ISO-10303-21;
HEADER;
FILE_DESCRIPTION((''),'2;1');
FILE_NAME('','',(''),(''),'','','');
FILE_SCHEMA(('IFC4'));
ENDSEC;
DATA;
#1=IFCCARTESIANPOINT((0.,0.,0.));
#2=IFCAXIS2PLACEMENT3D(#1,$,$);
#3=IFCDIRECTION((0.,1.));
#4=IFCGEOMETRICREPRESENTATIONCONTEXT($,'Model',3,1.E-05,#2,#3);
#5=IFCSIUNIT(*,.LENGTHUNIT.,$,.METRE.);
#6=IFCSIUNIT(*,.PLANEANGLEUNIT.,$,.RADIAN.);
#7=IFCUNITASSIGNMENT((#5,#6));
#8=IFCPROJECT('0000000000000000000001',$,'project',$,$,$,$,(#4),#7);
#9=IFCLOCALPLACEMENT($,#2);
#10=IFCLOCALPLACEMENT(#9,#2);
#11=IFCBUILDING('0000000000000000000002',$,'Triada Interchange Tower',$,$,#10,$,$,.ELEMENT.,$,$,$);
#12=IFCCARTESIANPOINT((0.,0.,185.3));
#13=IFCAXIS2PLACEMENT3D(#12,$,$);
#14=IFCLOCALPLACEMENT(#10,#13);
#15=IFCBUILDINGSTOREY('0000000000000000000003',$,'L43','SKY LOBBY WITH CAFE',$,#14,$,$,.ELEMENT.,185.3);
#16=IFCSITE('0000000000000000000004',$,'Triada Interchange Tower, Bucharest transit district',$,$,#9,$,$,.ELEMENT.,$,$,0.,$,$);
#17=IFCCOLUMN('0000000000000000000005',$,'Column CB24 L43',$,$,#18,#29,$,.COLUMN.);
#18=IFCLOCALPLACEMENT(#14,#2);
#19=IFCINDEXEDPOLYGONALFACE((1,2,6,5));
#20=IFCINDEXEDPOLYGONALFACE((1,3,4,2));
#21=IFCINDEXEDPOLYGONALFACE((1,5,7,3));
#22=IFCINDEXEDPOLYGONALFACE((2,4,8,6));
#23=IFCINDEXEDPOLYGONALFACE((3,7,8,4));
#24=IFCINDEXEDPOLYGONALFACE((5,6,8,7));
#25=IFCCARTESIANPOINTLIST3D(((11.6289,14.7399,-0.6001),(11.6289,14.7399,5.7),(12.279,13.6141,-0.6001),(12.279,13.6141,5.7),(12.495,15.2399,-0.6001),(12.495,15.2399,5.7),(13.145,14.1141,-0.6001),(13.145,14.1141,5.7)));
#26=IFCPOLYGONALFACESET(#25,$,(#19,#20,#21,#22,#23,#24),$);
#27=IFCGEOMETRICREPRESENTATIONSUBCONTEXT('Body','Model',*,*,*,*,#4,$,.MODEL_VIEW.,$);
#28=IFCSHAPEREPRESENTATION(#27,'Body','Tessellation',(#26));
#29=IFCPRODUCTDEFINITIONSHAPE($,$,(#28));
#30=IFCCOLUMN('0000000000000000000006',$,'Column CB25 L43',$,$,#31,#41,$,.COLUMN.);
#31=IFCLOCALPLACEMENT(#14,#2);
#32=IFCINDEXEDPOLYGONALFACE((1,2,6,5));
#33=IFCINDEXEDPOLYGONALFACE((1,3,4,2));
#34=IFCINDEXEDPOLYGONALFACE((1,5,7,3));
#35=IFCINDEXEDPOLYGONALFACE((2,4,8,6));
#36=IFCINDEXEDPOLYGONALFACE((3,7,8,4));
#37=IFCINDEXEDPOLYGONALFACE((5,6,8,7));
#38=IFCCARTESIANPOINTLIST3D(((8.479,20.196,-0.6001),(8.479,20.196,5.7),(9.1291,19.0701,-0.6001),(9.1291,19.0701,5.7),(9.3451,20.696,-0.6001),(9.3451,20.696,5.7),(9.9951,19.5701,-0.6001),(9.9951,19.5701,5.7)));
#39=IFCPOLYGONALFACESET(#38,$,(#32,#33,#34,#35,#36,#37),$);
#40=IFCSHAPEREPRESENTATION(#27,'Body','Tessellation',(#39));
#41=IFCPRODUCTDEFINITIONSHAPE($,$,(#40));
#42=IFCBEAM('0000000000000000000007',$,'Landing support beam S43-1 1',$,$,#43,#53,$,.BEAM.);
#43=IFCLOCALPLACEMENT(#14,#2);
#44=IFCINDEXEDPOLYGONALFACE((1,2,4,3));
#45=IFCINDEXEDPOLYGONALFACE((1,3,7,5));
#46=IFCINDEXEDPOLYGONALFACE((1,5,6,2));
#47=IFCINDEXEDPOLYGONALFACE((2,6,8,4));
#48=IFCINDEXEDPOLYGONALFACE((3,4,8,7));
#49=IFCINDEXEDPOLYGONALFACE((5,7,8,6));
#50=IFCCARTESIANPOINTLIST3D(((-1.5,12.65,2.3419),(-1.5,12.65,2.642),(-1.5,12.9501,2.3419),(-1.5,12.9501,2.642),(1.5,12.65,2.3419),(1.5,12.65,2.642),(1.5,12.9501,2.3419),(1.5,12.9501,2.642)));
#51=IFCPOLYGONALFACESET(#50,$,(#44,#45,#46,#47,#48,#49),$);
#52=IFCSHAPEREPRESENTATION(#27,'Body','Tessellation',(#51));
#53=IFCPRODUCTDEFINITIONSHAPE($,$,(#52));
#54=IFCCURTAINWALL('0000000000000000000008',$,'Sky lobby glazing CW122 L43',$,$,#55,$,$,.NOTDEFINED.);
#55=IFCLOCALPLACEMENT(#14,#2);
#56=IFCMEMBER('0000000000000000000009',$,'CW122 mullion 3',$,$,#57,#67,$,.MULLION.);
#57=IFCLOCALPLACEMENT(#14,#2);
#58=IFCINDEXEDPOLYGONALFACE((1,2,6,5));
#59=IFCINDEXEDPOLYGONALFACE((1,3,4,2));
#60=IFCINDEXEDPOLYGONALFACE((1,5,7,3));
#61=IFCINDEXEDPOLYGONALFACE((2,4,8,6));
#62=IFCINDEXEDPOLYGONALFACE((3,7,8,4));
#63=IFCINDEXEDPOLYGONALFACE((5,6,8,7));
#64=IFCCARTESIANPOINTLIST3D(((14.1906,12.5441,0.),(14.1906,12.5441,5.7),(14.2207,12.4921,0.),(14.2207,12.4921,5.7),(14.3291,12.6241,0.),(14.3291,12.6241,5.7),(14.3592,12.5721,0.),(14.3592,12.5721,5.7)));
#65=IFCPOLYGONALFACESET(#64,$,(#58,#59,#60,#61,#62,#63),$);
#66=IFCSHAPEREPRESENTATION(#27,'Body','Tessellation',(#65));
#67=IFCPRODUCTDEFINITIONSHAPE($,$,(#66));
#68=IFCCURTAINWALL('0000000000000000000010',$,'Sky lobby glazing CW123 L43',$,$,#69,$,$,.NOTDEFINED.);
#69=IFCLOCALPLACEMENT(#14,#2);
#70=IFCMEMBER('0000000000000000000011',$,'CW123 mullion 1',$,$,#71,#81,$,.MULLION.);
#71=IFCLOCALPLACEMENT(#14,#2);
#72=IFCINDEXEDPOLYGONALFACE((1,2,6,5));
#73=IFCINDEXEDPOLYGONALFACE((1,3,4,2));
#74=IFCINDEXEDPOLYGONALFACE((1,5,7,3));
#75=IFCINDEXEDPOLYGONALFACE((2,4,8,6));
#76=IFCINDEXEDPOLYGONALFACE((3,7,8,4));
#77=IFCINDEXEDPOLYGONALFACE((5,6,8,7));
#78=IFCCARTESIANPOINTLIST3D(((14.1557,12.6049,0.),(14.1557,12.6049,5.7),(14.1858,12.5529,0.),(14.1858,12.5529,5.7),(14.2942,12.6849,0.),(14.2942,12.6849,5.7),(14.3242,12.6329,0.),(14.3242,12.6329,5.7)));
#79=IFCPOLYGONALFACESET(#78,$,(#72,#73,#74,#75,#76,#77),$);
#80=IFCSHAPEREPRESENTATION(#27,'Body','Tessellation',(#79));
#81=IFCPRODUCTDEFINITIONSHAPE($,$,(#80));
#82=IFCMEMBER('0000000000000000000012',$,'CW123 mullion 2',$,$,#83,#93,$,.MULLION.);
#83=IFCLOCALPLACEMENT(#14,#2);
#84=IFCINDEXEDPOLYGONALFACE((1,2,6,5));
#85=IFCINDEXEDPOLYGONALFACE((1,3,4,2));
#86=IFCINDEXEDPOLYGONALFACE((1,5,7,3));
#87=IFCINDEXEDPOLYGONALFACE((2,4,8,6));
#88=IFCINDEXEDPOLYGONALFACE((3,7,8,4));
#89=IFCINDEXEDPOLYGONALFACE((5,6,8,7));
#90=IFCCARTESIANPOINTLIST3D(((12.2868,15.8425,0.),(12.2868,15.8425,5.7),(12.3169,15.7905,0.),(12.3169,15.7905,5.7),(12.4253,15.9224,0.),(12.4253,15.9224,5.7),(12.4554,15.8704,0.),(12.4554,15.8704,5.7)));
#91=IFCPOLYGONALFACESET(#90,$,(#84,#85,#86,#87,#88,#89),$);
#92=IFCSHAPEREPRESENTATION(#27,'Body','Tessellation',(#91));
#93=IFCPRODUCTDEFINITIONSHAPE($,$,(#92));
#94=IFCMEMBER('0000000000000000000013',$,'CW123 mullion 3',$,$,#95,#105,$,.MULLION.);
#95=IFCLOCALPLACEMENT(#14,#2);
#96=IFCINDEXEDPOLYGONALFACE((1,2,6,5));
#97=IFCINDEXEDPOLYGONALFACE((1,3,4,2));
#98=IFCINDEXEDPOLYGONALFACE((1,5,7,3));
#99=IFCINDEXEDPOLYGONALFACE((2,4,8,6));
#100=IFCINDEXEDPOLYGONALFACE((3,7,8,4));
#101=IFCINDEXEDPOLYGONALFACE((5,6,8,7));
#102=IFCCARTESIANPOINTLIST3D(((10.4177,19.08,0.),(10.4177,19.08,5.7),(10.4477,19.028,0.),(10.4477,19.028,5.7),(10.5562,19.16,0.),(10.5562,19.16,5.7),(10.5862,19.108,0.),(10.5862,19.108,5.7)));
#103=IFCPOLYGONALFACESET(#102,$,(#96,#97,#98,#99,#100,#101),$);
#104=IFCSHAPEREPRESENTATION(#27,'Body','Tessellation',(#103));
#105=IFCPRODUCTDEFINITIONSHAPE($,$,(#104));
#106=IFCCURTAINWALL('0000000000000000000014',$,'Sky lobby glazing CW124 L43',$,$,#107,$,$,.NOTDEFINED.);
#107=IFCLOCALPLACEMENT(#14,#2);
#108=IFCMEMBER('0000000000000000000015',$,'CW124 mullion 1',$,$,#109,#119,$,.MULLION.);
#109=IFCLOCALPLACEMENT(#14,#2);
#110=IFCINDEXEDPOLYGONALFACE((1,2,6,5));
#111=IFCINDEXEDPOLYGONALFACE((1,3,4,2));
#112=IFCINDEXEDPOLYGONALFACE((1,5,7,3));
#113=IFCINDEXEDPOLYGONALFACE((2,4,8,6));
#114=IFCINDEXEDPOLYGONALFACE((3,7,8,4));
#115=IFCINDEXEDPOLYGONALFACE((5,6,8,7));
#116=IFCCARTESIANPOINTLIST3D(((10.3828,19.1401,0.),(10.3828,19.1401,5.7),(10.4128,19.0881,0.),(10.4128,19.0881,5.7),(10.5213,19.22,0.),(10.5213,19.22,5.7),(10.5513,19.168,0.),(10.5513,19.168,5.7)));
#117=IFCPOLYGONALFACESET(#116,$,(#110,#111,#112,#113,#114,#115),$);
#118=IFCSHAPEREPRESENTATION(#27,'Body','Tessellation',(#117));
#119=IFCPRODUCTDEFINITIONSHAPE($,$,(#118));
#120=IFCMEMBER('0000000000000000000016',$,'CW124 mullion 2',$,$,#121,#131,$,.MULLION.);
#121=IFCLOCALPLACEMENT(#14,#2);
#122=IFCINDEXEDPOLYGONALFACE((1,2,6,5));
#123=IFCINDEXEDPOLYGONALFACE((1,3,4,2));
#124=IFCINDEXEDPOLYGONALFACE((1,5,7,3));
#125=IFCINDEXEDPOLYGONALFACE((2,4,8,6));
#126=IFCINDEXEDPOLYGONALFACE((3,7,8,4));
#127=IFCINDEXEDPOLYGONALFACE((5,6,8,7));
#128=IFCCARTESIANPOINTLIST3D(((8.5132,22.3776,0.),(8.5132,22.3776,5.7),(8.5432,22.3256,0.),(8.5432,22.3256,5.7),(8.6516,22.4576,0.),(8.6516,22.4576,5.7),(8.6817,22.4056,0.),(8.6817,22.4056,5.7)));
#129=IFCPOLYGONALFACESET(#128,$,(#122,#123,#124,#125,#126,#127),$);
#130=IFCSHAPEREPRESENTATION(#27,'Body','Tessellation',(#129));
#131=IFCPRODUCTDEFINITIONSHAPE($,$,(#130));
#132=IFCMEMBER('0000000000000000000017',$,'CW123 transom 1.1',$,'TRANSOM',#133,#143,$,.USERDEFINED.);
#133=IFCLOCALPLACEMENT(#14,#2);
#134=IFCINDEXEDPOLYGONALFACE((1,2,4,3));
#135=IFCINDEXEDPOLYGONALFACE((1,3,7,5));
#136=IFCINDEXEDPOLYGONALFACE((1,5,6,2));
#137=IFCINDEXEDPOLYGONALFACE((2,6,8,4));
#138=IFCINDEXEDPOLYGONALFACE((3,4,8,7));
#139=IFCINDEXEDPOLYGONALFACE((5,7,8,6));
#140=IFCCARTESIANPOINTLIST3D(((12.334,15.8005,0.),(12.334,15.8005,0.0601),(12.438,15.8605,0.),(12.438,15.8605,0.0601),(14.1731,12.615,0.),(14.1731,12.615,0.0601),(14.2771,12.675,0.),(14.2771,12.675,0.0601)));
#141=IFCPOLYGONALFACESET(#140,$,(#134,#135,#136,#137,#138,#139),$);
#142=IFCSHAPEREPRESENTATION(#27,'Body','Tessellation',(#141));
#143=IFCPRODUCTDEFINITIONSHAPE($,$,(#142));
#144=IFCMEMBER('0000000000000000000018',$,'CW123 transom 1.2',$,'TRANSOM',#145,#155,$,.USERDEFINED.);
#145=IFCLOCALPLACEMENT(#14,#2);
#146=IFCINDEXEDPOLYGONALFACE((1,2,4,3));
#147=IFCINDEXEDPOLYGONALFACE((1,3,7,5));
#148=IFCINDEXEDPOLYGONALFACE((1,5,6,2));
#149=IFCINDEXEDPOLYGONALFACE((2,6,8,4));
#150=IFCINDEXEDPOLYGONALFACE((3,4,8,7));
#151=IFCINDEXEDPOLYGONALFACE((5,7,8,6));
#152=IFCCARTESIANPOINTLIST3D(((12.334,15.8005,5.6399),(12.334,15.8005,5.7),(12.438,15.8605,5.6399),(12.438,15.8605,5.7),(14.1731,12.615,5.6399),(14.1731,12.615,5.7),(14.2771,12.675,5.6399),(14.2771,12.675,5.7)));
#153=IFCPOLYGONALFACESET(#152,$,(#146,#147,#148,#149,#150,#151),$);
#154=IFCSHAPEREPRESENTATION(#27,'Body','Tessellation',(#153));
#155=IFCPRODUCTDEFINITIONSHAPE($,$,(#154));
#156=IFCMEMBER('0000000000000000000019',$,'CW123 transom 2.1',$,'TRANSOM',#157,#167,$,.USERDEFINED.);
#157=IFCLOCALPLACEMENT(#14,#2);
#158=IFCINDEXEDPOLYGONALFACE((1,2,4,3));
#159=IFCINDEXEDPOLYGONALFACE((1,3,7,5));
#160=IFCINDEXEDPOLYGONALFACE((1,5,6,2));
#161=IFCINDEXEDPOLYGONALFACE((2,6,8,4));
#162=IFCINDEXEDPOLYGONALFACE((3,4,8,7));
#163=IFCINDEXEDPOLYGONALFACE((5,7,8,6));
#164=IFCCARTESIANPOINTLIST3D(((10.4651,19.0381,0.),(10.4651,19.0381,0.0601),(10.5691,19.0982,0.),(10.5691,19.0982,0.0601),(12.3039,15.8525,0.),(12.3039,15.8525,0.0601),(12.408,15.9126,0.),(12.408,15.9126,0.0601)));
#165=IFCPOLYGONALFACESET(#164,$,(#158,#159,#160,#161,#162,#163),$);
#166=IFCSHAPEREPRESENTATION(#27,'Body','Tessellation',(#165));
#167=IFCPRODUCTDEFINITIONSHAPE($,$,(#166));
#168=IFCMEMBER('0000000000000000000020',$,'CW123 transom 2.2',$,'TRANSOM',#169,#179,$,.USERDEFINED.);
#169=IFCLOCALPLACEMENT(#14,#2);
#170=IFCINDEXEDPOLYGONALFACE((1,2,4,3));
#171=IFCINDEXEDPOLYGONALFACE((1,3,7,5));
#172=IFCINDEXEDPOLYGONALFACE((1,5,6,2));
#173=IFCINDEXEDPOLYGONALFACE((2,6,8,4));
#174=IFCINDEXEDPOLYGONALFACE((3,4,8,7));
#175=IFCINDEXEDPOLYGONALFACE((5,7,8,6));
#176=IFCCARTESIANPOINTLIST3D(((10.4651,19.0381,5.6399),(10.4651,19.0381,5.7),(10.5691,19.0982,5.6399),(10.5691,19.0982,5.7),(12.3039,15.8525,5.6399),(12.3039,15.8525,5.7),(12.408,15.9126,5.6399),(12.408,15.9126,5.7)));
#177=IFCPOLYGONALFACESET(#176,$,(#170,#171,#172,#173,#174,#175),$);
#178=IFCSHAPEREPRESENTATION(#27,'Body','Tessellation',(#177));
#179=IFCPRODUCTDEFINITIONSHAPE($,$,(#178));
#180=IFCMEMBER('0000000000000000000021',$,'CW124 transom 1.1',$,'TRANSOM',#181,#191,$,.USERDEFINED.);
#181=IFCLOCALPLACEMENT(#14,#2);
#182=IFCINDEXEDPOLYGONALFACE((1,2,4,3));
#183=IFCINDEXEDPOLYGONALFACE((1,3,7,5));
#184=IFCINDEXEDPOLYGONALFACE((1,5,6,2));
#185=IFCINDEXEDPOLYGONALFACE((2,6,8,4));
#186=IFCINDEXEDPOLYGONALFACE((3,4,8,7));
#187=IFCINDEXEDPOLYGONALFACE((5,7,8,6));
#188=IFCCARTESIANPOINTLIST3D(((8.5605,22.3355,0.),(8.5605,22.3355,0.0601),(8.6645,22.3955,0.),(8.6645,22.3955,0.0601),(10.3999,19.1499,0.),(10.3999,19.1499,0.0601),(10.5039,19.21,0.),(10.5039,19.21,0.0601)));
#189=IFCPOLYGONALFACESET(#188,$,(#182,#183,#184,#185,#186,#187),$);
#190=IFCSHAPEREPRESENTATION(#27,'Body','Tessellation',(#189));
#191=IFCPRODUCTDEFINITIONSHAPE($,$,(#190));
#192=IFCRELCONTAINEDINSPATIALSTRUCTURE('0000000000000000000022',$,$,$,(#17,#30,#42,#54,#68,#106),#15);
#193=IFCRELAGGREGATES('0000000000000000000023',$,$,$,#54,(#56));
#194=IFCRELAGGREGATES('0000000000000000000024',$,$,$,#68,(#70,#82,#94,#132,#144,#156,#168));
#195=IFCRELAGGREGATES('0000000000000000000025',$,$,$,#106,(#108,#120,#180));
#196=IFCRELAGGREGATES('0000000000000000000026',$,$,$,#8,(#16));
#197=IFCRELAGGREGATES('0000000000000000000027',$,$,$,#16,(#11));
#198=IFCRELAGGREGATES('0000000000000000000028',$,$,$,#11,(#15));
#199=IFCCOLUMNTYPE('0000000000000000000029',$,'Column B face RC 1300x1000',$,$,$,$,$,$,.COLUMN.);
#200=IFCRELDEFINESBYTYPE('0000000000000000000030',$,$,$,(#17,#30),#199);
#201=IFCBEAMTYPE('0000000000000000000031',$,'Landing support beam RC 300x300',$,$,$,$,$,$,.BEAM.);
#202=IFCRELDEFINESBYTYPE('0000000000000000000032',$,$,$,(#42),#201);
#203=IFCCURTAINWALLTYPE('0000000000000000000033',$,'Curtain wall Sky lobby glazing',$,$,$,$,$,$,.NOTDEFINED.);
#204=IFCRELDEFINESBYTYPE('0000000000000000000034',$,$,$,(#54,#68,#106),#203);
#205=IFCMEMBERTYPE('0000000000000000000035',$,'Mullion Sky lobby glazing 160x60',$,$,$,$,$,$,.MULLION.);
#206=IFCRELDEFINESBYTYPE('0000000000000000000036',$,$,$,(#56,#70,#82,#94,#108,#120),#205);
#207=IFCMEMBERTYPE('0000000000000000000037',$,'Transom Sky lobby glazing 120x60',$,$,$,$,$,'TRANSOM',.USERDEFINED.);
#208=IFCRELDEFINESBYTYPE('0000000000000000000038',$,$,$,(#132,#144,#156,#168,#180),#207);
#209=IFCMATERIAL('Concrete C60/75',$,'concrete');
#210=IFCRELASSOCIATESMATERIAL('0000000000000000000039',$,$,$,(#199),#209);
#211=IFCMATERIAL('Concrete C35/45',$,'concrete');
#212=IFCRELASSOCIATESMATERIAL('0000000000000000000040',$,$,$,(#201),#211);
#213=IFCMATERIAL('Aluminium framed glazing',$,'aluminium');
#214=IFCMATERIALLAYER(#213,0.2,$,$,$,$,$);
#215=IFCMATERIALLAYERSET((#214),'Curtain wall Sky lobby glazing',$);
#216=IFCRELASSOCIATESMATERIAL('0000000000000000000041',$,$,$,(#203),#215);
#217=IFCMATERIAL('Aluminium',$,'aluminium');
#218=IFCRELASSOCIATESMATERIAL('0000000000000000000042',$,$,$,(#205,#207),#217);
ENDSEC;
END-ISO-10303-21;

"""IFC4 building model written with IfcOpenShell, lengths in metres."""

from ifc_helpers import new_model, si_unit, direction, frame, origin, origin_2d, place, context, subcontext, project, spatial, rectangle, extrude, material, layer, layer_set, material_profile, profile_set, type_object, element, aggregate, save


model = new_model("IFC4")

# Units and contexts
model_context = context("Model", 3, precision=1e-05, world=origin(), true_north=direction((0.0, 1.0)))
body_context = subcontext(model_context, "Body", "Model", "MODEL_VIEW")
ifc_project = project(units=[si_unit("LENGTHUNIT", "METRE"), si_unit("PLANEANGLEUNIT", "RADIAN")], contexts=[model_context])

# Site, building, storey
site_placement = place(None, origin())
site = spatial("IfcSite", under=ifc_project, at=site_placement, Name="Triada Interchange Tower, Bucharest transit district", CompositionType="ELEMENT", RefElevation=0.0)
building_placement = place(site_placement, origin())
building = spatial("IfcBuilding", under=site, at=building_placement, Name="Triada Interchange Tower", CompositionType="ELEMENT")
storey_placement = place(building_placement, frame((0.0, 0.0, 185.3)))
storey = spatial("IfcBuildingStorey", under=building, at=storey_placement, Name="L43", Description="SKY LOBBY WITH CAFE", CompositionType="ELEMENT", Elevation=185.3)

# Columns
ifc_material_1 = material(Name="Concrete C60/75", Category="concrete")
ifc_material_profile_1 = material_profile(ifc_material_1, rectangle(XDim=1.3, YDim=1.0, at=origin_2d()), Name="RC 1300x1000")
ifc_profile_set_1 = profile_set([ifc_material_profile_1], Name="Concrete C60/75")
column_type = type_object("IfcColumnType", Name="Column B face RC 1300x1000", PredefinedType="COLUMN", material=ifc_profile_set_1)
for number, where, z_axis, x_axis, name in (
    (1, (12.387, 14.427, -0.6001), (0.0, 0.0, 1.0), (-0.5, 0.866025, 0.0), "Column CB24 L43"),
    (2, (9.2371, 19.8831, -0.6001), (0.0, 0.0, 1.0), (-0.5, 0.866025, 0.0), "Column CB25 L43"),
):
    element("IfcColumn", number, at=place(storey_placement, frame(where, z_axis=z_axis, x_axis=x_axis)), inside=storey, type_object=column_type, Name=name, PredefinedType="COLUMN", context=body_context, shape_type="SweptSolid", body=[
        extrude(rectangle(XDim=1.3, YDim=1.0, at=origin_2d()), origin(), (0.0, 0.0, 1.0), 6.3),
    ])

# Beam
ifc_material_2 = material(Name="Concrete C35/45", Category="concrete")
ifc_material_profile_2 = material_profile(ifc_material_2, rectangle(XDim=0.3, YDim=0.3, at=origin_2d()), Name="RC 300x300")
ifc_profile_set_2 = profile_set([ifc_material_profile_2], Name="Concrete C35/45")
beam_type = type_object("IfcBeamType", Name="Landing support beam RC 300x300", PredefinedType="BEAM", material=ifc_profile_set_2)
beam_placement = place(storey_placement, frame((1.5, 12.8, 2.4919), z_axis=(-1.0, 0.0, 0.0), x_axis=(0.0, -1.0, 0.0)))
element("IfcBeam", 3, at=beam_placement, inside=storey, type_object=beam_type, Name="Landing support beam S43-1 1", PredefinedType="BEAM", context=body_context, shape_type="SweptSolid", body=[
    extrude(rectangle(XDim=0.3, YDim=0.3, at=origin_2d()), origin(), (0.0, 0.0, 1.0), 3.0),
])

# Curtain wall, member
ifc_material_3 = material(Name="Aluminium framed glazing", Category="aluminium")
ifc_layer_1 = layer(ifc_material_3, 0.2)
ifc_layer_set_1 = layer_set([ifc_layer_1], Name="Curtain wall Sky lobby glazing")
curtain_wall_type = type_object("IfcCurtainWallType", Name="Curtain wall Sky lobby glazing", PredefinedType="NOTDEFINED", material=ifc_layer_set_1)
curtain_wall_1_placement = place(storey_placement, origin())
curtain_wall_1 = element("IfcCurtainWall", 4, at=curtain_wall_1_placement, inside=storey, type_object=curtain_wall_type, Name="Sky lobby glazing CW122 L43", PredefinedType="NOTDEFINED")
ifc_material_4 = material(Name="Aluminium", Category="aluminium")
ifc_material_profile_3 = material_profile(ifc_material_4, rectangle(XDim=0.1599, YDim=0.0601, at=origin_2d()), Name="Aluminium mullion")
ifc_profile_set_3 = profile_set([ifc_material_profile_3], Name="Aluminium")
member_type_1 = type_object("IfcMemberType", Name="Mullion Sky lobby glazing 160x60", PredefinedType="MULLION", material=ifc_profile_set_3)
member_1_placement = place(storey_placement, frame((14.2749, 12.5581, 0.0), z_axis=(0.0, 0.0, 1.0), x_axis=(-0.866046, -0.499964, 0.0)))
member_1 = element("IfcMember", 5, at=member_1_placement, type_object=member_type_1, Name="CW122 mullion 3", PredefinedType="MULLION", context=body_context, shape_type="SweptSolid", body=[
    extrude(rectangle(XDim=0.1599, YDim=0.0601, at=origin_2d()), origin(), (0.0, 0.0, 1.0), 5.7),
])
aggregate(curtain_wall_1, [member_1])

# Curtain walls, members
curtain_wall_2_placement = place(storey_placement, origin())
curtain_wall_2 = element("IfcCurtainWall", 6, at=curtain_wall_2_placement, inside=storey, type_object=curtain_wall_type, Name="Sky lobby glazing CW123 L43", PredefinedType="NOTDEFINED")
member_2_placement = place(storey_placement, frame((14.24, 12.6189, 0.0), z_axis=(0.0, 0.0, 1.0), x_axis=(-0.866046, -0.499964, 0.0)))
member_2 = element("IfcMember", 7, at=member_2_placement, type_object=member_type_1, Name="CW123 mullion 1", PredefinedType="MULLION", context=body_context, shape_type="SweptSolid", body=[
    extrude(rectangle(XDim=0.1599, YDim=0.0601, at=origin_2d()), origin(), (0.0, 0.0, 1.0), 5.7),
])
member_3_placement = place(storey_placement, frame((12.3711, 15.8564, 0.0), z_axis=(0.0, 0.0, 1.0), x_axis=(-0.866046, -0.499964, 0.0)))
member_3 = element("IfcMember", 8, at=member_3_placement, type_object=member_type_1, Name="CW123 mullion 2", PredefinedType="MULLION", context=body_context, shape_type="SweptSolid", body=[
    extrude(rectangle(XDim=0.1599, YDim=0.0601, at=origin_2d()), origin(), (0.0, 0.0, 1.0), 5.7),
])
member_4_placement = place(storey_placement, frame((10.502, 19.094, 0.0), z_axis=(0.0, 0.0, 1.0), x_axis=(-0.866046, -0.499964, 0.0)))
member_4 = element("IfcMember", 9, at=member_4_placement, type_object=member_type_1, Name="CW123 mullion 3", PredefinedType="MULLION", context=body_context, shape_type="SweptSolid", body=[
    extrude(rectangle(XDim=0.1599, YDim=0.0601, at=origin_2d()), origin(), (0.0, 0.0, 1.0), 5.7),
])
curtain_wall_3_placement = place(storey_placement, origin())
curtain_wall_3 = element("IfcCurtainWall", 10, at=curtain_wall_3_placement, inside=storey, type_object=curtain_wall_type, Name="Sky lobby glazing CW124 L43", PredefinedType="NOTDEFINED")
member_5_placement = place(storey_placement, frame((10.467, 19.1541, 0.0), z_axis=(0.0, 0.0, 1.0), x_axis=(-0.865989, -0.500063, 0.0)))
member_5 = element("IfcMember", 11, at=member_5_placement, type_object=member_type_1, Name="CW124 mullion 1", PredefinedType="MULLION", context=body_context, shape_type="SweptSolid", body=[
    extrude(rectangle(XDim=0.1599, YDim=0.0601, at=origin_2d()), origin(), (0.0, 0.0, 1.0), 5.7),
])
member_6_placement = place(storey_placement, frame((8.5974, 22.3916, 0.0), z_axis=(0.0, 0.0, 1.0), x_axis=(-0.865989, -0.500063, 0.0)))
member_6 = element("IfcMember", 12, at=member_6_placement, type_object=member_type_1, Name="CW124 mullion 2", PredefinedType="MULLION", context=body_context, shape_type="SweptSolid", body=[
    extrude(rectangle(XDim=0.1599, YDim=0.0601, at=origin_2d()), origin(), (0.0, 0.0, 1.0), 5.7),
])

# Members
ifc_material_profile_4 = material_profile(ifc_material_4, rectangle(XDim=0.1201, YDim=0.0601, at=origin_2d()), Name="Aluminium transom")
ifc_profile_set_4 = profile_set([ifc_material_profile_4], Name="Aluminium")
member_type_2 = type_object("IfcMemberType", Name="Transom Sky lobby glazing 120x60", ElementType="TRANSOM", PredefinedType="USERDEFINED", material=ifc_profile_set_4)
member_7_placement = place(storey_placement, frame((14.2251, 12.645, 0.03), z_axis=(-0.499987, 0.866033, 0.0), x_axis=(-0.866033, -0.499987, 0.0)))
member_7 = element("IfcMember", 13, at=member_7_placement, type_object=member_type_2, Name="CW123 transom 1.1", ObjectType="TRANSOM", PredefinedType="USERDEFINED", context=body_context, shape_type="SweptSolid", body=[
    extrude(rectangle(XDim=0.1201, YDim=0.0601, at=origin_2d()), origin(), (0.0, 0.0, 1.0), 3.6782),
])
member_8_placement = place(storey_placement, frame((14.2251, 12.645, 5.6699), z_axis=(-0.499987, 0.866033, 0.0), x_axis=(-0.866033, -0.499987, 0.0)))
member_8 = element("IfcMember", 14, at=member_8_placement, type_object=member_type_2, Name="CW123 transom 1.2", ObjectType="TRANSOM", PredefinedType="USERDEFINED", context=body_context, shape_type="SweptSolid", body=[
    extrude(rectangle(XDim=0.1201, YDim=0.0601, at=origin_2d()), origin(), (0.0, 0.0, 1.0), 3.6782),
])
member_9_placement = place(storey_placement, frame((12.356, 15.8826, 0.03), z_axis=(-0.499937, 0.866062, 0.0), x_axis=(-0.866062, -0.499937, 0.0)))
member_9 = element("IfcMember", 15, at=member_9_placement, type_object=member_type_2, Name="CW123 transom 2.1", ObjectType="TRANSOM", PredefinedType="USERDEFINED", context=body_context, shape_type="SweptSolid", body=[
    extrude(rectangle(XDim=0.1201, YDim=0.0601, at=origin_2d()), origin(), (0.0, 0.0, 1.0), 3.6782),
])
member_10_placement = place(storey_placement, frame((12.356, 15.8826, 5.6699), z_axis=(-0.499937, 0.866062, 0.0), x_axis=(-0.866062, -0.499937, 0.0)))
member_10 = element("IfcMember", 16, at=member_10_placement, type_object=member_type_2, Name="CW123 transom 2.2", ObjectType="TRANSOM", PredefinedType="USERDEFINED", context=body_context, shape_type="SweptSolid", body=[
    extrude(rectangle(XDim=0.1201, YDim=0.0601, at=origin_2d()), origin(), (0.0, 0.0, 1.0), 3.6782),
])
member_11_placement = place(storey_placement, frame((10.4519, 19.1799, 0.03), z_axis=(-0.500037, 0.866004, 0.0), x_axis=(-0.866004, -0.500037, 0.0)))
member_11 = element("IfcMember", 17, at=member_11_placement, type_object=member_type_2, Name="CW124 transom 1.1", ObjectType="TRANSOM", PredefinedType="USERDEFINED", context=body_context, shape_type="SweptSolid", body=[
    extrude(rectangle(XDim=0.1201, YDim=0.0601, at=origin_2d()), origin(), (0.0, 0.0, 1.0), 3.6785),
])

aggregate(curtain_wall_2, [member_2, member_3, member_4, member_7, member_8, member_9, member_10])
aggregate(curtain_wall_3, [member_5, member_6, member_11])

save(model, "model.ifc")
